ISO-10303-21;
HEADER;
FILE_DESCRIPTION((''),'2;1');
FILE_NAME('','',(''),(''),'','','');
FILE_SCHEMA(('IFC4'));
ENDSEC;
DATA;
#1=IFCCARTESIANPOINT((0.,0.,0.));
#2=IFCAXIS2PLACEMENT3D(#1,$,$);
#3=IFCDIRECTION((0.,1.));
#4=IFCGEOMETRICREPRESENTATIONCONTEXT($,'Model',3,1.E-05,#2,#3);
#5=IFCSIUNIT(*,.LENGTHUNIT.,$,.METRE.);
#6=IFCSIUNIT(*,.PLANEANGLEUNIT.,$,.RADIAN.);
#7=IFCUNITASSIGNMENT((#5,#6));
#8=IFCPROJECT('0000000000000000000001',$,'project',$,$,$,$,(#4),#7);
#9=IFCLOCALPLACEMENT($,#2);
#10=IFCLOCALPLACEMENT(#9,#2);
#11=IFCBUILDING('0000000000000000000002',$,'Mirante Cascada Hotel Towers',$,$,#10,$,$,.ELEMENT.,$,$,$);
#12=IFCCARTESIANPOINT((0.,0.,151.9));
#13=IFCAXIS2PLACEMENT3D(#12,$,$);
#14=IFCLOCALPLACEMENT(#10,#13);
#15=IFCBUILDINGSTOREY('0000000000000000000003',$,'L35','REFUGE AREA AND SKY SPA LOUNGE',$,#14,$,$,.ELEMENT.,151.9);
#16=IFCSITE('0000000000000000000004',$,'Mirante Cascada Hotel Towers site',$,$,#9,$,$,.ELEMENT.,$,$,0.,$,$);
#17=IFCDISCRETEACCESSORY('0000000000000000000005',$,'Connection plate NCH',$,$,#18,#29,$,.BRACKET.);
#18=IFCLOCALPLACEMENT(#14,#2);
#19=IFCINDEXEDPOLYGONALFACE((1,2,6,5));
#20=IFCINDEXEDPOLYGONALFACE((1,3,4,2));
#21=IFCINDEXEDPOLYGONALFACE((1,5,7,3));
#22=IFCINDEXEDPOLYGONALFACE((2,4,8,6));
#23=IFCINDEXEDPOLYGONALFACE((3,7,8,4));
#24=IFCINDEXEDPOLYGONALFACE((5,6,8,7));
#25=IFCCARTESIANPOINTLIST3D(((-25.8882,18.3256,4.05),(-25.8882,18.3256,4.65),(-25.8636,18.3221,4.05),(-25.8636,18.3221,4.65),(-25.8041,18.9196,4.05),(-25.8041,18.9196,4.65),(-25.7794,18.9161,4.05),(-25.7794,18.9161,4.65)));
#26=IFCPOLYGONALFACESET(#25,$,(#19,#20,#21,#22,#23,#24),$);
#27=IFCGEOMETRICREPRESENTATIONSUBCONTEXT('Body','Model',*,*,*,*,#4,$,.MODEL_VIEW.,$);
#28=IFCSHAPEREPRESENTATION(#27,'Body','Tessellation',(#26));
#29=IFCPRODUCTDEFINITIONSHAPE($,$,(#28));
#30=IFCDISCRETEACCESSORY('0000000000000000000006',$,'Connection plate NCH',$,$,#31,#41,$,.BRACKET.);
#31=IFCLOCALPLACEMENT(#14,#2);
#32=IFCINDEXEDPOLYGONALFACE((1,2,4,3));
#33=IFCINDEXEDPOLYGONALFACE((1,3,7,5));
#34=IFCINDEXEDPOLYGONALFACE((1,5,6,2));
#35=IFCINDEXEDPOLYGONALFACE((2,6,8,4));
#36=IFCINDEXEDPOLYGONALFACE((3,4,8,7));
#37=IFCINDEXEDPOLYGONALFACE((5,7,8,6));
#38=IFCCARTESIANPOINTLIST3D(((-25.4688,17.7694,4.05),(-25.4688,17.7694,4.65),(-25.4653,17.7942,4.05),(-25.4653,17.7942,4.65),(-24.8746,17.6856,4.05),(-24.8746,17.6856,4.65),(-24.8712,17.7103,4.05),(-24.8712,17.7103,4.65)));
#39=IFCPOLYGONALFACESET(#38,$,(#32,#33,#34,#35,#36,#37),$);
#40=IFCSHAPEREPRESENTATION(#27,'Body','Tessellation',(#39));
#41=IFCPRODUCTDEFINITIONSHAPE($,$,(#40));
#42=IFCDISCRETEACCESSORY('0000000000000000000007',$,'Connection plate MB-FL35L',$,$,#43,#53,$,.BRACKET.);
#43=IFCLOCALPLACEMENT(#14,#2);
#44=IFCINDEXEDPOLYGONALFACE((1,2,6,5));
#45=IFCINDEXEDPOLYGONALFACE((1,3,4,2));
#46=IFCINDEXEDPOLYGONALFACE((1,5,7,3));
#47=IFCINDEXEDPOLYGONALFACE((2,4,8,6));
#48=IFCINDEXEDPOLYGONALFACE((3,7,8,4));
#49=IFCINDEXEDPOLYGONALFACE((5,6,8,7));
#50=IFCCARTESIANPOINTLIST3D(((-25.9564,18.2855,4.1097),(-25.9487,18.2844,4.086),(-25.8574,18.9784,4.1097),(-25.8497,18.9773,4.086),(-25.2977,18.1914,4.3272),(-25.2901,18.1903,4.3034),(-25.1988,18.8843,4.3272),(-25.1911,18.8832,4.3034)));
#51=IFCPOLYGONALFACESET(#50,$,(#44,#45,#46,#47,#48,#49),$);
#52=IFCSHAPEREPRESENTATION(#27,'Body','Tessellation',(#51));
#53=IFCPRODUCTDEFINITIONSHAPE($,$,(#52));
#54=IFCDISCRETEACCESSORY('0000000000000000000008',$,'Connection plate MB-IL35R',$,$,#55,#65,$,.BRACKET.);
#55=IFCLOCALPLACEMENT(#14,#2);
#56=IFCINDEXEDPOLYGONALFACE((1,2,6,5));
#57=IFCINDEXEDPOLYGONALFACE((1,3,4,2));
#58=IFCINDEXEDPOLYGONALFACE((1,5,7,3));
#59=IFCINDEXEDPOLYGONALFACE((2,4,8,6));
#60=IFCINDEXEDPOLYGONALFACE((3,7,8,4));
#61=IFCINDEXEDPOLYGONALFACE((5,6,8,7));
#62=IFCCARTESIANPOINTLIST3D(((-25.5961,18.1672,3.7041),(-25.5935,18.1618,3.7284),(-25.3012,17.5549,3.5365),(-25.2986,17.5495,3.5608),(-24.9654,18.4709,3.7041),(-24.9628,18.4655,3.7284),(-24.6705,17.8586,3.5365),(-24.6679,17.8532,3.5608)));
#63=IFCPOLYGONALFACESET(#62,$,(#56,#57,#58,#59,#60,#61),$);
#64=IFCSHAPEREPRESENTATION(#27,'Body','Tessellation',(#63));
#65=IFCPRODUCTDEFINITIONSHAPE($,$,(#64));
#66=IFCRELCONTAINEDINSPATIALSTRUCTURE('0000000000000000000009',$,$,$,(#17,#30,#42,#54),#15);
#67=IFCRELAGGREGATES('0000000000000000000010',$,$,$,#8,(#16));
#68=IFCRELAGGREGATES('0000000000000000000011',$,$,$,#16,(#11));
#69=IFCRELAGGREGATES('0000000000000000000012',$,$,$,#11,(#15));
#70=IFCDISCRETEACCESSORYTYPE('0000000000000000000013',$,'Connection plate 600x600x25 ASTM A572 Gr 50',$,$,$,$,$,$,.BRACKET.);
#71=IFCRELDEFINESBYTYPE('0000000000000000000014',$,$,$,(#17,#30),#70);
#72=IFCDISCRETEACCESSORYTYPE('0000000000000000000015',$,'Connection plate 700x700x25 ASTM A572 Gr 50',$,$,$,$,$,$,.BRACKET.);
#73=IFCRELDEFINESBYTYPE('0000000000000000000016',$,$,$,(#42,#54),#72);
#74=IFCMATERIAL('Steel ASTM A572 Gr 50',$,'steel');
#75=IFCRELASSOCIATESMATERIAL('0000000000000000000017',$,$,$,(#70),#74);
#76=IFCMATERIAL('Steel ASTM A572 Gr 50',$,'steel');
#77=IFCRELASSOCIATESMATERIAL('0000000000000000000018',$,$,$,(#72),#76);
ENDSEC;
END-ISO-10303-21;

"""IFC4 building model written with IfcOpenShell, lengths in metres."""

from ifc_helpers import new_model, si_unit, direction, frame, origin, origin_2d, place, context, subcontext, project, spatial, rectangle, extrude, material, material_profile, profile_set, type_object, element, save


model = new_model("IFC4")

# Units and contexts
model_context = context("Model", 3, precision=1e-05, world=origin(), true_north=direction((0.0, 1.0)))
body_context = subcontext(model_context, "Body", "Model", "MODEL_VIEW")
ifc_project = project(units=[si_unit("LENGTHUNIT", "METRE"), si_unit("PLANEANGLEUNIT", "RADIAN")], contexts=[model_context])

# Site, building, storey
site_placement = place(None, origin())
site = spatial("IfcSite", under=ifc_project, at=site_placement, Name="Mirante Cascada Hotel Towers site", CompositionType="ELEMENT", RefElevation=0.0)
building_placement = place(site_placement, origin())
building = spatial("IfcBuilding", under=site, at=building_placement, Name="Mirante Cascada Hotel Towers", CompositionType="ELEMENT")
storey_placement = place(building_placement, frame((0.0, 0.0, 151.9)))
storey = spatial("IfcBuildingStorey", under=building, at=storey_placement, Name="L35", Description="REFUGE AREA AND SKY SPA LOUNGE", CompositionType="ELEMENT", Elevation=151.9)

# Discrete accessories
ifc_material_1 = material(Name="Steel ASTM A572 Gr 50", Category="steel")
ifc_material_profile_1 = material_profile(ifc_material_1, rectangle(XDim=0.6, YDim=0.6, at=origin_2d()), Name="Connection plate 600x600x25 ASTM A572 Gr 50")
ifc_profile_set_1 = profile_set([ifc_material_profile_1], Name="Steel ASTM A572 Gr 50")
discrete_accessory_type_1 = type_object("IfcDiscreteAccessoryType", Name="Connection plate 600x600x25 ASTM A572 Gr 50", PredefinedType="BRACKET", material=ifc_profile_set_1)
discrete_accessory_1_placement = place(storey_placement, frame((-25.8215, 18.6191, 4.35), z_axis=(-0.990109, 0.140299, 0.0), x_axis=(-0.140299, -0.990109, 0.0)))
element("IfcDiscreteAccessory", 1, at=discrete_accessory_1_placement, inside=storey, type_object=discrete_accessory_type_1, Name="Connection plate NCH", PredefinedType="BRACKET", context=body_context, shape_type="SweptSolid", body=[
    extrude(rectangle(XDim=0.6, YDim=0.6, at=origin_2d()), origin(), (0.0, 0.0, 1.0), 0.0249),
])
discrete_accessory_2_placement = place(storey_placement, frame((-25.1717, 17.7275, 4.35), z_axis=(0.139744, 0.990188, 0.0), x_axis=(-0.990188, 0.139744, 0.0)))
element("IfcDiscreteAccessory", 2, at=discrete_accessory_2_placement, inside=storey, type_object=discrete_accessory_type_1, Name="Connection plate NCH", PredefinedType="BRACKET", context=body_context, shape_type="SweptSolid", body=[
    extrude(rectangle(XDim=0.6, YDim=0.6, at=origin_2d()), origin(), (0.0, 0.0, 1.0), 0.025),
])
ifc_material_2 = material(Name="Steel ASTM A572 Gr 50", Category="steel")
ifc_material_profile_2 = material_profile(ifc_material_2, rectangle(XDim=0.7, YDim=0.7, at=origin_2d()), Name="Connection plate 700x700x25 ASTM A572 Gr 50")
ifc_profile_set_2 = profile_set([ifc_material_profile_2], Name="Steel ASTM A572 Gr 50")
discrete_accessory_type_2 = type_object("IfcDiscreteAccessoryType", Name="Connection plate 700x700x25 ASTM A572 Gr 50", PredefinedType="BRACKET", material=ifc_profile_set_2)
for number, where, z_axis, x_axis, name in (
    (3, (-25.5699, 18.5838, 4.1947), (-0.307523, 0.043932, 0.950526), (-0.141421, -0.98995, 0.0), "Connection plate MB-FL35L"),
    (4, (-25.1333, 18.0129, 3.6203), (0.103883, -0.215757, 0.970905), (0.901002, 0.433816, 0.0), "Connection plate MB-IL35R"),
):
    element("IfcDiscreteAccessory", number, at=place(storey_placement, frame(where, z_axis=z_axis, x_axis=x_axis)), inside=storey, type_object=discrete_accessory_type_2, Name=name, PredefinedType="BRACKET", context=body_context, shape_type="SweptSolid", body=[
        extrude(rectangle(XDim=0.7, YDim=0.7, at=origin_2d()), origin(), (0.0, 0.0, 1.0), 0.025),
    ])

save(model, "model.ifc")
